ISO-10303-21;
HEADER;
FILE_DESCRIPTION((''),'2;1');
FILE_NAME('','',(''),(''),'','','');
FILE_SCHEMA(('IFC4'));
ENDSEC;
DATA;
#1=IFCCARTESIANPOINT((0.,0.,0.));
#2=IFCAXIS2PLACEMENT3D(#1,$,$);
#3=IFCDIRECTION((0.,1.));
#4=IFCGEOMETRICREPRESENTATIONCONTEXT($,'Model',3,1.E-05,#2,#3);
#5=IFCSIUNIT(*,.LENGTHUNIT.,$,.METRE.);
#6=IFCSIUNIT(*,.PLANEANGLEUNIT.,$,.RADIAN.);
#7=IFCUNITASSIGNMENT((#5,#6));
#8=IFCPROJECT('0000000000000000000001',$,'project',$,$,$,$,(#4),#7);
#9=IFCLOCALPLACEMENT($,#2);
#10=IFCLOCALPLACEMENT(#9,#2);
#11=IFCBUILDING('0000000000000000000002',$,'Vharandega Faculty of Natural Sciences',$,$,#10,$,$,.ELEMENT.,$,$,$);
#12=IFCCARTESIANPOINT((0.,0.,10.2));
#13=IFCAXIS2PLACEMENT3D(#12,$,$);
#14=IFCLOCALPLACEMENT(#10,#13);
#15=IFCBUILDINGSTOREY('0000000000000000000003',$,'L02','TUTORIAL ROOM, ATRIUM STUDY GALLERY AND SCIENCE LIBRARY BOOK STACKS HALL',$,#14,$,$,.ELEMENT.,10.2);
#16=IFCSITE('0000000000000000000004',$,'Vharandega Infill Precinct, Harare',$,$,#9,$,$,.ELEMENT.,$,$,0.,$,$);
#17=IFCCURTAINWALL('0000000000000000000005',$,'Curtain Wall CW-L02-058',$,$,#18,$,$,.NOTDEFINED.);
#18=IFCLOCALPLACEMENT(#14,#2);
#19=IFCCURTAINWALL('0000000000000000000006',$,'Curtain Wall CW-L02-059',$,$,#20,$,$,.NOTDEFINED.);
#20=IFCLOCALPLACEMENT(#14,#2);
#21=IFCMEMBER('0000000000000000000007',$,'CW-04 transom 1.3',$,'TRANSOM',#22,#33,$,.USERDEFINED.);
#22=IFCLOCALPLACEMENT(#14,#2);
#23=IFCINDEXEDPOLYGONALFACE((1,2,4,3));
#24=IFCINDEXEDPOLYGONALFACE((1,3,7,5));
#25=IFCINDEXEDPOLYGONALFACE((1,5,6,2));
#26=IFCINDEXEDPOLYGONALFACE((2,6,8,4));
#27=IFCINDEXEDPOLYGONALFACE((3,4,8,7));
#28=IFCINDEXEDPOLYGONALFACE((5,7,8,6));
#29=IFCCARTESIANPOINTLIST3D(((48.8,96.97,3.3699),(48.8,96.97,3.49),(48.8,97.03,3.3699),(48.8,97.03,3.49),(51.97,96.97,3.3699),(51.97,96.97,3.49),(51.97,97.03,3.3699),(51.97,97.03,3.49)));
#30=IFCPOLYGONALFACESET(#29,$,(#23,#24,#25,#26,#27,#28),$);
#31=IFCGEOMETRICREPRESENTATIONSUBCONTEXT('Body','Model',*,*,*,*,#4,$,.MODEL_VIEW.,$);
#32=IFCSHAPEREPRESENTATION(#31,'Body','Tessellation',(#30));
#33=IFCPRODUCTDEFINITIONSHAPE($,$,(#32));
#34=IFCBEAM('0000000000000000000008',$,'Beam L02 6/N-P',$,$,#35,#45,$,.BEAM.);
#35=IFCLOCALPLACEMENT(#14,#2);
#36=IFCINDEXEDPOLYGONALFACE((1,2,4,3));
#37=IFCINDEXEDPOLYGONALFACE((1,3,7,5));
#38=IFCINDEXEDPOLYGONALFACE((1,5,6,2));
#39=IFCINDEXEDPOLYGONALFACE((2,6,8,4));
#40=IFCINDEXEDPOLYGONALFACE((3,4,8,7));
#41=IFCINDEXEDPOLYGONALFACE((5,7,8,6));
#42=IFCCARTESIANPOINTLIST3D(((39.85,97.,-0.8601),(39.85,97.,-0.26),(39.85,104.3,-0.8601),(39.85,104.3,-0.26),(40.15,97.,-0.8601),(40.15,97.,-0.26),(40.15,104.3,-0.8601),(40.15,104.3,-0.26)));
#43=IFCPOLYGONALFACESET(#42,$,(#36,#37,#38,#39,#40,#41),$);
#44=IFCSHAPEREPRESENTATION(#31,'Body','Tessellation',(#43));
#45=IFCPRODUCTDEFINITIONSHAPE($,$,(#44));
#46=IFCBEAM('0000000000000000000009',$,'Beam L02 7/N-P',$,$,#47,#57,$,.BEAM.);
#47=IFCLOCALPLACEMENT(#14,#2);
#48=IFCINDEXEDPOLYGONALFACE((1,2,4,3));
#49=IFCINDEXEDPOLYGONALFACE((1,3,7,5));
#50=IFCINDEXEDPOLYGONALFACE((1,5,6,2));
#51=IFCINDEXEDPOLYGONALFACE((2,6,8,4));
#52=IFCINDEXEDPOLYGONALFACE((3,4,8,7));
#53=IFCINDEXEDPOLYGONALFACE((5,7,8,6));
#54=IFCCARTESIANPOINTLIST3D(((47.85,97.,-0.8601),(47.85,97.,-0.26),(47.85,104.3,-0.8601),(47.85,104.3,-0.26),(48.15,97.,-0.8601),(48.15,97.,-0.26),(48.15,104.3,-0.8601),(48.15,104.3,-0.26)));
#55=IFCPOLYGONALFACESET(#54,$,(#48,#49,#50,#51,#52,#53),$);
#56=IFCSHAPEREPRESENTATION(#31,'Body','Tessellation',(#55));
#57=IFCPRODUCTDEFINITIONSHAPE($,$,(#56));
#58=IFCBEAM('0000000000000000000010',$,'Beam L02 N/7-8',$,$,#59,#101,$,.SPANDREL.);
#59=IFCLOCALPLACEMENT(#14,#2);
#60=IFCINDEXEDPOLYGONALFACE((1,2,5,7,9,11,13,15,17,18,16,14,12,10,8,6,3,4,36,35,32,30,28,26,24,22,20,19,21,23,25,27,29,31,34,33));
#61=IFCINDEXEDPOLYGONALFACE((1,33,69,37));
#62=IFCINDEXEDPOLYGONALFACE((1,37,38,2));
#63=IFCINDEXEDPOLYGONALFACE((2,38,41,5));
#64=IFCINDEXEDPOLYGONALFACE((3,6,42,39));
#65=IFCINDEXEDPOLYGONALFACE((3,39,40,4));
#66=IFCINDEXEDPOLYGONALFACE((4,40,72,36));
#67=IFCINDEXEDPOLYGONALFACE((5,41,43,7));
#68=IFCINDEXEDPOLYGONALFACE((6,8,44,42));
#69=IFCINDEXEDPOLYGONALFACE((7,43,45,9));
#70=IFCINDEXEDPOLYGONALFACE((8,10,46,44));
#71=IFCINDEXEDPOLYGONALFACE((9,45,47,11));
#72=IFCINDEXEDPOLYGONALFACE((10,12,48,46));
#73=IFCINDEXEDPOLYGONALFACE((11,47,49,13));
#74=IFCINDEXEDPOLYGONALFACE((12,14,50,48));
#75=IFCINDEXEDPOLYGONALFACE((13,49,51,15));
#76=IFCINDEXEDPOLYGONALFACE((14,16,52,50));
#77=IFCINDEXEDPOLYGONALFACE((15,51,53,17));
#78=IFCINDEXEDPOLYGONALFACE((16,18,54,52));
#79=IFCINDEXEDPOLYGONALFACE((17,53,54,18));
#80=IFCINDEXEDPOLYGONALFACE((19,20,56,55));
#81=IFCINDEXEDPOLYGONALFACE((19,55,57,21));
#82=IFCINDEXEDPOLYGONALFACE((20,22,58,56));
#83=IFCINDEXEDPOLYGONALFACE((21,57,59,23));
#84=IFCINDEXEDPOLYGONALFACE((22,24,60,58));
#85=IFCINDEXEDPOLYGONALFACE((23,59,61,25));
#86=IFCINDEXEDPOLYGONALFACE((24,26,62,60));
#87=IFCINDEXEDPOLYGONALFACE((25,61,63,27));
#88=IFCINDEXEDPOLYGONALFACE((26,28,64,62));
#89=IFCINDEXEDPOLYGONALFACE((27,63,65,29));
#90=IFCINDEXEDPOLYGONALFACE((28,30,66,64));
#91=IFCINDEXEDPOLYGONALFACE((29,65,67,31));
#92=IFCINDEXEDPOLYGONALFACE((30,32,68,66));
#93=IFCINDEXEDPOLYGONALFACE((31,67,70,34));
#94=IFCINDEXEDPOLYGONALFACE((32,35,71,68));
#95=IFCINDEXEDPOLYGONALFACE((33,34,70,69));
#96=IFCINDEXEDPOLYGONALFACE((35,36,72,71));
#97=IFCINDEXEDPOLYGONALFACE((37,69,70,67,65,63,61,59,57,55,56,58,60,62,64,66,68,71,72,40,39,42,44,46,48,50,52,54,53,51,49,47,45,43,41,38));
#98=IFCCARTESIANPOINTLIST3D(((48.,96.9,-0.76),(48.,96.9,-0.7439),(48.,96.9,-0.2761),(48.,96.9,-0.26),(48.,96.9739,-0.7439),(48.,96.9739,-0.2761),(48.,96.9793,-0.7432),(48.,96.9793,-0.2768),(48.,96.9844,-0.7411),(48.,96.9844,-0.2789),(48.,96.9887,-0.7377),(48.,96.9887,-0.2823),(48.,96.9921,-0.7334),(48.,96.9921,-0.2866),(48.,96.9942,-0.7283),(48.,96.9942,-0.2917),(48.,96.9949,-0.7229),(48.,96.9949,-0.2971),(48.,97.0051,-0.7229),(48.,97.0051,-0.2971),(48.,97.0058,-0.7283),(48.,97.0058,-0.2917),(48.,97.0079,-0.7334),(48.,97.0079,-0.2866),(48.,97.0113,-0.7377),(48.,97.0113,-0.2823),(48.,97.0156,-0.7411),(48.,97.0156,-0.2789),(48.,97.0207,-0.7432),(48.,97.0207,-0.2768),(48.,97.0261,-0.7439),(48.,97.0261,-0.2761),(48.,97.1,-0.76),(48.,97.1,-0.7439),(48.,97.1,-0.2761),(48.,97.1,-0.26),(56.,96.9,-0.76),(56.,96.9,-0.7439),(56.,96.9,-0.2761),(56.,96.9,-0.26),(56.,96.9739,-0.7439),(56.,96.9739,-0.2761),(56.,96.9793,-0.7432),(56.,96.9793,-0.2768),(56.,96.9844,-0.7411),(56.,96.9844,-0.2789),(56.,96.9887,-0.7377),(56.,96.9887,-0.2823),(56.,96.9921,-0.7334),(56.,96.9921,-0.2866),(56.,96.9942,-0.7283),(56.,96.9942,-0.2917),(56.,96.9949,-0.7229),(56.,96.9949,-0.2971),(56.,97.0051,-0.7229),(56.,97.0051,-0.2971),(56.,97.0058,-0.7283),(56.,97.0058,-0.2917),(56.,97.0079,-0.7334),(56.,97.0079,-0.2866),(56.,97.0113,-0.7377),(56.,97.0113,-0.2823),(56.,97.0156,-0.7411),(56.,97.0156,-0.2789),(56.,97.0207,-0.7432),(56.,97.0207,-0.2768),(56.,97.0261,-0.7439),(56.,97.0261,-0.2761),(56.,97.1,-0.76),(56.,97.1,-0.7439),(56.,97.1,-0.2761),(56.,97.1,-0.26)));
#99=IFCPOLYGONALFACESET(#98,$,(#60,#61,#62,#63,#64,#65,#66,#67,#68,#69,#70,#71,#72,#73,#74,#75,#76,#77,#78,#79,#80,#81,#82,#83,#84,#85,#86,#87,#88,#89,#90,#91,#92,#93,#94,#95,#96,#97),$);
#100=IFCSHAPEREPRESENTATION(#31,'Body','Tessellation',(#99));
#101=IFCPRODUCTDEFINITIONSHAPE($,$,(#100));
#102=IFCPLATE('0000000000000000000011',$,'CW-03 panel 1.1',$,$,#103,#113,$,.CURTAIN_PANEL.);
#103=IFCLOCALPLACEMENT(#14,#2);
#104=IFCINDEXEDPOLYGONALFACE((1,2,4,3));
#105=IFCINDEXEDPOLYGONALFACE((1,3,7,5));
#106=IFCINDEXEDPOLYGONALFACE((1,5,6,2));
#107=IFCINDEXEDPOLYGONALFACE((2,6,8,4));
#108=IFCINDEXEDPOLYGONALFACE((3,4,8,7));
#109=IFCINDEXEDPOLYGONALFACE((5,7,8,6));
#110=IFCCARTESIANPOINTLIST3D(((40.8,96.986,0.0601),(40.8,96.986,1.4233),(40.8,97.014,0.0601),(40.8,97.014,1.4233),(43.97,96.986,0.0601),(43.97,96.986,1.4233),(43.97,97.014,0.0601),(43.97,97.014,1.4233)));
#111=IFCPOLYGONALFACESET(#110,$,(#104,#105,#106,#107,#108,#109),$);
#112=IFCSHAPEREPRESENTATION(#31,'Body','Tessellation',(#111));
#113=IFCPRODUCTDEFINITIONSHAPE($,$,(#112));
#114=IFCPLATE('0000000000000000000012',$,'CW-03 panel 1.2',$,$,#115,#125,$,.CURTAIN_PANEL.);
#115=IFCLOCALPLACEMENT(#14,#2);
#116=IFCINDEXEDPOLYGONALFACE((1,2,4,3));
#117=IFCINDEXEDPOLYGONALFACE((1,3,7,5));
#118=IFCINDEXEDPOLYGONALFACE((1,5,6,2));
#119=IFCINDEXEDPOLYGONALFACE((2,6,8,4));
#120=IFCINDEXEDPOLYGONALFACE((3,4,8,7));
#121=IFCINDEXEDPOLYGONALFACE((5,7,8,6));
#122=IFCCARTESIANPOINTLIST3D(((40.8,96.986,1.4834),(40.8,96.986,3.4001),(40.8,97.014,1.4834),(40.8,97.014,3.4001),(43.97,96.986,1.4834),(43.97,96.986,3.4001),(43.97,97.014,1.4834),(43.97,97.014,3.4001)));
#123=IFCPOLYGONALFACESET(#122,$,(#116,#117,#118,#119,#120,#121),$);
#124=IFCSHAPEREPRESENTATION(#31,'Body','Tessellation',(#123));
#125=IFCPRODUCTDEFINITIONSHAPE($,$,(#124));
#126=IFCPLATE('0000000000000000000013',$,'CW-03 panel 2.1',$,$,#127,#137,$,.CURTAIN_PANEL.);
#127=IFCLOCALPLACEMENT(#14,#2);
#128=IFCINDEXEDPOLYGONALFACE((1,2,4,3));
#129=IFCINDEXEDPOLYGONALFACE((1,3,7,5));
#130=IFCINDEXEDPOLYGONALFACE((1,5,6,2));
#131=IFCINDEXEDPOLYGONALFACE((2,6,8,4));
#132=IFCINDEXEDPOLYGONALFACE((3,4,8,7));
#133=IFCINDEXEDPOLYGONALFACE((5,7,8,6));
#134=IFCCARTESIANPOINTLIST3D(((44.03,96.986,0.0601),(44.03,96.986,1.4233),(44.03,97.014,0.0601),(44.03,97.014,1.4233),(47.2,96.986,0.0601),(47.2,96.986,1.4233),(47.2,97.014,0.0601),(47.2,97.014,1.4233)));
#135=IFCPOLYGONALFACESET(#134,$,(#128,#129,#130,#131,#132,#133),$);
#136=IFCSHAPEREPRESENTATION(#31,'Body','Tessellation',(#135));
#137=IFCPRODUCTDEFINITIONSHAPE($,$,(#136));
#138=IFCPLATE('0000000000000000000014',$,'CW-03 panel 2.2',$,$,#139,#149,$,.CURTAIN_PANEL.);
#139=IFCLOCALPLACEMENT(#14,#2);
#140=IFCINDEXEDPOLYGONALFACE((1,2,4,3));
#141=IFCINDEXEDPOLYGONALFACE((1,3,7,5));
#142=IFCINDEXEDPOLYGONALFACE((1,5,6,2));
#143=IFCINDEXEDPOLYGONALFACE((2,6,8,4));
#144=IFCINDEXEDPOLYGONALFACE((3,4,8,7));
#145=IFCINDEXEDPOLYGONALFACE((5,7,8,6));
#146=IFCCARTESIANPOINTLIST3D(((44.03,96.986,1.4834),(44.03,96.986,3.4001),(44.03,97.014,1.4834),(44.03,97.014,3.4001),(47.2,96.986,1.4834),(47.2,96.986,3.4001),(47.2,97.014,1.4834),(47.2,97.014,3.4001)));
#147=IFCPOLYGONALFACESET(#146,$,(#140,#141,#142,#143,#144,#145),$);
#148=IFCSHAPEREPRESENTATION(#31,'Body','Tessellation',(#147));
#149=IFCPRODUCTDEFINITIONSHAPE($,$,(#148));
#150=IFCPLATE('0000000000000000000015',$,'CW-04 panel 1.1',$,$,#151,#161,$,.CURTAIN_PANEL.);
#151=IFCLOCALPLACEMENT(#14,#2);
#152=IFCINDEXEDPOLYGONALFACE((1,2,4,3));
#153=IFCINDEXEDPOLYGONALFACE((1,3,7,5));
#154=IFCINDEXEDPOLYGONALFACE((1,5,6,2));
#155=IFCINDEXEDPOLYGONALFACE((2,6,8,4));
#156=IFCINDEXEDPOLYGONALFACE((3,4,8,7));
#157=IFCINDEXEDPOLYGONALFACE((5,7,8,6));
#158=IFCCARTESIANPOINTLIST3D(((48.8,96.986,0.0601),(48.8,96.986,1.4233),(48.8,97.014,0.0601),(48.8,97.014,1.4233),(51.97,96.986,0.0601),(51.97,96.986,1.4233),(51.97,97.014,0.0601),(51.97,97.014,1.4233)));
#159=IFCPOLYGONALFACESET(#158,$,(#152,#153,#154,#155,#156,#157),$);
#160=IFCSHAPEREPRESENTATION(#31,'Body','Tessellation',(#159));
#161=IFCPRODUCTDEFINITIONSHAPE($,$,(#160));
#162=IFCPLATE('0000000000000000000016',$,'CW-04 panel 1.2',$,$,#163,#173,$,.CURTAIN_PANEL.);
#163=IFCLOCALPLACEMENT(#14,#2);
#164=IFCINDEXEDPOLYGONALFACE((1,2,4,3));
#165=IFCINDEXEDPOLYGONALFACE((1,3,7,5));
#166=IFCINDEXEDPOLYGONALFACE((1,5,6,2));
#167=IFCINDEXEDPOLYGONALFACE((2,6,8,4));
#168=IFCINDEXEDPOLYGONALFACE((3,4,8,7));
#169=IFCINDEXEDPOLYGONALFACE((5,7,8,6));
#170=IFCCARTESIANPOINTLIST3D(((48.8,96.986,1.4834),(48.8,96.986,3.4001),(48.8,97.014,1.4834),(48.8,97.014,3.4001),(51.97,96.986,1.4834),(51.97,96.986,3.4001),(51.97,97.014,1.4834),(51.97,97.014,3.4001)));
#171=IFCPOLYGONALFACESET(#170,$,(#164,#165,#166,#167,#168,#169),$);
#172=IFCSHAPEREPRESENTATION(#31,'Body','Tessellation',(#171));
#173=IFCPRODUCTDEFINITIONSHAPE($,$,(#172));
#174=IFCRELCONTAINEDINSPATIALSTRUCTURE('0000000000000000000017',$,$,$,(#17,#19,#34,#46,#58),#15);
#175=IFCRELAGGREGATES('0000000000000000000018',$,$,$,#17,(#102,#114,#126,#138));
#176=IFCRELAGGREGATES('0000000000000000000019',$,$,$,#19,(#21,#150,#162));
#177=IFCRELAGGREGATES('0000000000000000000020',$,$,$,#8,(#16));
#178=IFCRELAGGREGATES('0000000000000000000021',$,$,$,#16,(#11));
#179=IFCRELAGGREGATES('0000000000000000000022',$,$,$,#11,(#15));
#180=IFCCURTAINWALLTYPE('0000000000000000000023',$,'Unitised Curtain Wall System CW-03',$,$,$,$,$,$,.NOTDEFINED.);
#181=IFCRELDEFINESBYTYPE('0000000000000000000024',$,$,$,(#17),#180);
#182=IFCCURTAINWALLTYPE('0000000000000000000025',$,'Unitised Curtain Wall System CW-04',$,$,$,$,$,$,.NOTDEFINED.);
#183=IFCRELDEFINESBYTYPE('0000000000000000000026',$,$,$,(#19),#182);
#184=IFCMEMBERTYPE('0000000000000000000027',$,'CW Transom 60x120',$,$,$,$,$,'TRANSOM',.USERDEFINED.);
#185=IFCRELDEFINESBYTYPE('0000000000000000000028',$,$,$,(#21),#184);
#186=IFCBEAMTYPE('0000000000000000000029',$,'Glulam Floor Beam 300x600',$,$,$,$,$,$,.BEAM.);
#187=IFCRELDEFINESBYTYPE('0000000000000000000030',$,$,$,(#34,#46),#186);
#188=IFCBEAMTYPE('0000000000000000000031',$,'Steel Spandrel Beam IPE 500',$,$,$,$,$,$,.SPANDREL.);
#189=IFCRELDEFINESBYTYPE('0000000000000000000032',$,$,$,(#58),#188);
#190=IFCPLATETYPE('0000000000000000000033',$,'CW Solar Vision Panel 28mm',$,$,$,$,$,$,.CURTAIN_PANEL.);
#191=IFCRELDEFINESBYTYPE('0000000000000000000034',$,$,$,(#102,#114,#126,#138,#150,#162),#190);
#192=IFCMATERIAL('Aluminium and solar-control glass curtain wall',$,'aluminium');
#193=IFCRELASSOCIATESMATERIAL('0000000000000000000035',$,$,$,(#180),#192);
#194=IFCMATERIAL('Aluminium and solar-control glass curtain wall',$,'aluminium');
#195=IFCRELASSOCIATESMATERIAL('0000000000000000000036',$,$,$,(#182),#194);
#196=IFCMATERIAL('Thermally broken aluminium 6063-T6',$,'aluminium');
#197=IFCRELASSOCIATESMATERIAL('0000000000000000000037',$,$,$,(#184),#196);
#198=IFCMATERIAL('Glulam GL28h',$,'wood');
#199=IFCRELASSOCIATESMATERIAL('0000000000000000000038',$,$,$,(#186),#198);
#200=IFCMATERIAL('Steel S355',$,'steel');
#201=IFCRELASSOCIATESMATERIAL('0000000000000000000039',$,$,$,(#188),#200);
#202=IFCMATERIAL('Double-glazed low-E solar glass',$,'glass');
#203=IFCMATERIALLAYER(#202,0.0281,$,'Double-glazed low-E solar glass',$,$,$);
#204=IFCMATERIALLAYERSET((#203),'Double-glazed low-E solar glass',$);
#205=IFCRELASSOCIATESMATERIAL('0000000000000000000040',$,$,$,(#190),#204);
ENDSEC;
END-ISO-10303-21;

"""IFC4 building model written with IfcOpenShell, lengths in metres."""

from ifc_helpers import new_model, si_unit, direction, frame, origin, origin_2d, place, context, subcontext, project, spatial, rectangle, i_section, extrude, material, layer, layer_set, material_profile, profile_set, type_object, element, aggregate, save


model = new_model("IFC4")

# Units and contexts
model_context = context("Model", 3, precision=1e-05, world=origin(), true_north=direction((0.0, 1.0)))
body_context = subcontext(model_context, "Body", "Model", "MODEL_VIEW")
ifc_project = project(units=[si_unit("LENGTHUNIT", "METRE"), si_unit("PLANEANGLEUNIT", "RADIAN")], contexts=[model_context])

# Site, building, storey
site_placement = place(None, origin())
site = spatial("IfcSite", under=ifc_project, at=site_placement, Name="Vharandega Infill Precinct, Harare", CompositionType="ELEMENT", RefElevation=0.0)
building_placement = place(site_placement, origin())
building = spatial("IfcBuilding", under=site, at=building_placement, Name="Vharandega Faculty of Natural Sciences", CompositionType="ELEMENT")
storey_placement = place(building_placement, frame((0.0, 0.0, 10.2)))
storey = spatial("IfcBuildingStorey", under=building, at=storey_placement, Name="L02", Description="TUTORIAL ROOM, ATRIUM STUDY GALLERY AND SCIENCE LIBRARY BOOK STACKS HALL", CompositionType="ELEMENT", Elevation=10.2)

# Curtain walls
ifc_material_1 = material(Name="Aluminium and solar-control glass curtain wall", Category="aluminium")
curtain_wall_type_1 = type_object("IfcCurtainWallType", Name="Unitised Curtain Wall System CW-03", PredefinedType="NOTDEFINED", material=ifc_material_1)
curtain_wall_1_placement = place(storey_placement, origin())
curtain_wall_1 = element("IfcCurtainWall", 1, at=curtain_wall_1_placement, inside=storey, type_object=curtain_wall_type_1, Name="Curtain Wall CW-L02-058", PredefinedType="NOTDEFINED")
ifc_material_2 = material(Name="Aluminium and solar-control glass curtain wall", Category="aluminium")
curtain_wall_type_2 = type_object("IfcCurtainWallType", Name="Unitised Curtain Wall System CW-04", PredefinedType="NOTDEFINED", material=ifc_material_2)
curtain_wall_2_placement = place(storey_placement, origin())
curtain_wall_2 = element("IfcCurtainWall", 2, at=curtain_wall_2_placement, inside=storey, type_object=curtain_wall_type_2, Name="Curtain Wall CW-L02-059", PredefinedType="NOTDEFINED")

# Member
ifc_material_3 = material(Name="Thermally broken aluminium 6063-T6", Category="aluminium")
ifc_material_profile_1 = material_profile(ifc_material_3, rectangle(XDim=0.0601, YDim=0.1201, at=origin_2d()), Name="ALU 60x120")
ifc_profile_set_1 = profile_set([ifc_material_profile_1], Name="Thermally broken aluminium 6063-T6")
member_type_1 = type_object("IfcMemberType", Name="CW Transom 60x120", ElementType="TRANSOM", PredefinedType="USERDEFINED", material=ifc_profile_set_1)
member_1_placement = place(storey_placement, frame((48.8, 97.0, 3.4299), z_axis=(1.0, 0.0, 0.0), x_axis=(0.0, 1.0, 0.0)))
member_1 = element("IfcMember", 3, at=member_1_placement, type_object=member_type_1, Name="CW-04 transom 1.3", ObjectType="TRANSOM", PredefinedType="USERDEFINED", context=body_context, shape_type="SweptSolid", body=[
    extrude(rectangle(XDim=0.0601, YDim=0.1201, at=origin_2d()), origin(), (0.0, 0.0, 1.0), 3.1699),
])

# Beams
ifc_material_4 = material(Name="Glulam GL28h", Category="wood")
ifc_material_profile_2 = material_profile(ifc_material_4, rectangle(XDim=0.3, YDim=0.6001, at=origin_2d()), Name="GL28h 300x600")
ifc_profile_set_2 = profile_set([ifc_material_profile_2], Name="Glulam GL28h")
beam_type_1 = type_object("IfcBeamType", Name="Glulam Floor Beam 300x600", PredefinedType="BEAM", material=ifc_profile_set_2)
for number, where, z_axis, x_axis, name in (
    (4, (40.0, 97.0, -0.5601), (0.0, 1.0, 0.0), (-1.0, 0.0, 0.0), "Beam L02 6/N-P"),
    (5, (48.0, 97.0, -0.5601), (0.0, 1.0, 0.0), (-1.0, 0.0, 0.0), "Beam L02 7/N-P"),
):
    element("IfcBeam", number, at=place(storey_placement, frame(where, z_axis=z_axis, x_axis=x_axis)), inside=storey, type_object=beam_type_1, Name=name, PredefinedType="BEAM", context=body_context, shape_type="SweptSolid", body=[
        extrude(rectangle(XDim=0.3, YDim=0.6001, at=origin_2d()), origin(), (0.0, 0.0, 1.0), 7.3),
    ])
ifc_material_5 = material(Name="Steel S355", Category="steel")
ifc_material_profile_3 = material_profile(ifc_material_5, i_section(OverallWidth=0.2, OverallDepth=0.5, WebThickness=0.0103, FlangeThickness=0.0161, FilletRadius=0.021, at=origin_2d()), Name="IPE 500")
ifc_profile_set_3 = profile_set([ifc_material_profile_3], Name="Steel S355")
beam_type_2 = type_object("IfcBeamType", Name="Steel Spandrel Beam IPE 500", PredefinedType="SPANDREL", material=ifc_profile_set_3)
beam_placement = place(storey_placement, frame((48.0, 97.0, -0.51), z_axis=(1.0, 0.0, 0.0), x_axis=(0.0, 1.0, 0.0)))
element("IfcBeam", 6, at=beam_placement, inside=storey, type_object=beam_type_2, Name="Beam L02 N/7-8", PredefinedType="SPANDREL", context=body_context, shape_type="SweptSolid", body=[
    extrude(i_section(OverallWidth=0.2, OverallDepth=0.5, WebThickness=0.0103, FlangeThickness=0.0161, FilletRadius=0.021, at=origin_2d()), origin(), (0.0, 0.0, 1.0), 8.0),
])

# Plates
ifc_material_6 = material(Name="Double-glazed low-E solar glass", Category="glass")
ifc_layer = layer(ifc_material_6, 0.0281, Name="Double-glazed low-E solar glass")
ifc_layer_set = layer_set([ifc_layer], Name="Double-glazed low-E solar glass")
plate_type = type_object("IfcPlateType", Name="CW Solar Vision Panel 28mm", PredefinedType="CURTAIN_PANEL", material=ifc_layer_set)
plate_1_placement = place(storey_placement, frame((42.385, 97.0, 0.0601), z_axis=(0.0, 0.0, 1.0), x_axis=(1.0, 0.0, 0.0)))
plate_1 = element("IfcPlate", 7, at=plate_1_placement, type_object=plate_type, Name="CW-03 panel 1.1", PredefinedType="CURTAIN_PANEL", context=body_context, shape_type="SweptSolid", body=[
    extrude(rectangle(XDim=3.1699, YDim=0.0281, at=origin_2d()), origin(), (0.0, 0.0, 1.0), 1.3633),
])
plate_2_placement = place(storey_placement, frame((42.385, 97.0, 1.4834), z_axis=(0.0, 0.0, 1.0), x_axis=(1.0, 0.0, 0.0)))
plate_2 = element("IfcPlate", 8, at=plate_2_placement, type_object=plate_type, Name="CW-03 panel 1.2", PredefinedType="CURTAIN_PANEL", context=body_context, shape_type="SweptSolid", body=[
    extrude(rectangle(XDim=3.1699, YDim=0.0281, at=origin_2d()), origin(), (0.0, 0.0, 1.0), 1.9167),
])
plate_3_placement = place(storey_placement, frame((45.615, 97.0, 0.0601), z_axis=(0.0, 0.0, 1.0), x_axis=(1.0, 0.0, 0.0)))
plate_3 = element("IfcPlate", 9, at=plate_3_placement, type_object=plate_type, Name="CW-03 panel 2.1", PredefinedType="CURTAIN_PANEL", context=body_context, shape_type="SweptSolid", body=[
    extrude(rectangle(XDim=3.1699, YDim=0.0281, at=origin_2d()), origin(), (0.0, 0.0, 1.0), 1.3633),
])
plate_4_placement = place(storey_placement, frame((45.615, 97.0, 1.4834), z_axis=(0.0, 0.0, 1.0), x_axis=(1.0, 0.0, 0.0)))
plate_4 = element("IfcPlate", 10, at=plate_4_placement, type_object=plate_type, Name="CW-03 panel 2.2", PredefinedType="CURTAIN_PANEL", context=body_context, shape_type="SweptSolid", body=[
    extrude(rectangle(XDim=3.1699, YDim=0.0281, at=origin_2d()), origin(), (0.0, 0.0, 1.0), 1.9167),
])
aggregate(curtain_wall_1, [plate_1, plate_2, plate_3, plate_4])
plate_5_placement = place(storey_placement, frame((50.385, 97.0, 0.0601), z_axis=(0.0, 0.0, 1.0), x_axis=(1.0, 0.0, 0.0)))
plate_5 = element("IfcPlate", 11, at=plate_5_placement, type_object=plate_type, Name="CW-04 panel 1.1", PredefinedType="CURTAIN_PANEL", context=body_context, shape_type="SweptSolid", body=[
    extrude(rectangle(XDim=3.1699, YDim=0.0281, at=origin_2d()), origin(), (0.0, 0.0, 1.0), 1.3633),
])
plate_6_placement = place(storey_placement, frame((50.385, 97.0, 1.4834), z_axis=(0.0, 0.0, 1.0), x_axis=(1.0, 0.0, 0.0)))
plate_6 = element("IfcPlate", 12, at=plate_6_placement, type_object=plate_type, Name="CW-04 panel 1.2", PredefinedType="CURTAIN_PANEL", context=body_context, shape_type="SweptSolid", body=[
    extrude(rectangle(XDim=3.1699, YDim=0.0281, at=origin_2d()), origin(), (0.0, 0.0, 1.0), 1.9167),
])
aggregate(curtain_wall_2, [member_1, plate_5, plate_6])

save(model, "model.ifc")
